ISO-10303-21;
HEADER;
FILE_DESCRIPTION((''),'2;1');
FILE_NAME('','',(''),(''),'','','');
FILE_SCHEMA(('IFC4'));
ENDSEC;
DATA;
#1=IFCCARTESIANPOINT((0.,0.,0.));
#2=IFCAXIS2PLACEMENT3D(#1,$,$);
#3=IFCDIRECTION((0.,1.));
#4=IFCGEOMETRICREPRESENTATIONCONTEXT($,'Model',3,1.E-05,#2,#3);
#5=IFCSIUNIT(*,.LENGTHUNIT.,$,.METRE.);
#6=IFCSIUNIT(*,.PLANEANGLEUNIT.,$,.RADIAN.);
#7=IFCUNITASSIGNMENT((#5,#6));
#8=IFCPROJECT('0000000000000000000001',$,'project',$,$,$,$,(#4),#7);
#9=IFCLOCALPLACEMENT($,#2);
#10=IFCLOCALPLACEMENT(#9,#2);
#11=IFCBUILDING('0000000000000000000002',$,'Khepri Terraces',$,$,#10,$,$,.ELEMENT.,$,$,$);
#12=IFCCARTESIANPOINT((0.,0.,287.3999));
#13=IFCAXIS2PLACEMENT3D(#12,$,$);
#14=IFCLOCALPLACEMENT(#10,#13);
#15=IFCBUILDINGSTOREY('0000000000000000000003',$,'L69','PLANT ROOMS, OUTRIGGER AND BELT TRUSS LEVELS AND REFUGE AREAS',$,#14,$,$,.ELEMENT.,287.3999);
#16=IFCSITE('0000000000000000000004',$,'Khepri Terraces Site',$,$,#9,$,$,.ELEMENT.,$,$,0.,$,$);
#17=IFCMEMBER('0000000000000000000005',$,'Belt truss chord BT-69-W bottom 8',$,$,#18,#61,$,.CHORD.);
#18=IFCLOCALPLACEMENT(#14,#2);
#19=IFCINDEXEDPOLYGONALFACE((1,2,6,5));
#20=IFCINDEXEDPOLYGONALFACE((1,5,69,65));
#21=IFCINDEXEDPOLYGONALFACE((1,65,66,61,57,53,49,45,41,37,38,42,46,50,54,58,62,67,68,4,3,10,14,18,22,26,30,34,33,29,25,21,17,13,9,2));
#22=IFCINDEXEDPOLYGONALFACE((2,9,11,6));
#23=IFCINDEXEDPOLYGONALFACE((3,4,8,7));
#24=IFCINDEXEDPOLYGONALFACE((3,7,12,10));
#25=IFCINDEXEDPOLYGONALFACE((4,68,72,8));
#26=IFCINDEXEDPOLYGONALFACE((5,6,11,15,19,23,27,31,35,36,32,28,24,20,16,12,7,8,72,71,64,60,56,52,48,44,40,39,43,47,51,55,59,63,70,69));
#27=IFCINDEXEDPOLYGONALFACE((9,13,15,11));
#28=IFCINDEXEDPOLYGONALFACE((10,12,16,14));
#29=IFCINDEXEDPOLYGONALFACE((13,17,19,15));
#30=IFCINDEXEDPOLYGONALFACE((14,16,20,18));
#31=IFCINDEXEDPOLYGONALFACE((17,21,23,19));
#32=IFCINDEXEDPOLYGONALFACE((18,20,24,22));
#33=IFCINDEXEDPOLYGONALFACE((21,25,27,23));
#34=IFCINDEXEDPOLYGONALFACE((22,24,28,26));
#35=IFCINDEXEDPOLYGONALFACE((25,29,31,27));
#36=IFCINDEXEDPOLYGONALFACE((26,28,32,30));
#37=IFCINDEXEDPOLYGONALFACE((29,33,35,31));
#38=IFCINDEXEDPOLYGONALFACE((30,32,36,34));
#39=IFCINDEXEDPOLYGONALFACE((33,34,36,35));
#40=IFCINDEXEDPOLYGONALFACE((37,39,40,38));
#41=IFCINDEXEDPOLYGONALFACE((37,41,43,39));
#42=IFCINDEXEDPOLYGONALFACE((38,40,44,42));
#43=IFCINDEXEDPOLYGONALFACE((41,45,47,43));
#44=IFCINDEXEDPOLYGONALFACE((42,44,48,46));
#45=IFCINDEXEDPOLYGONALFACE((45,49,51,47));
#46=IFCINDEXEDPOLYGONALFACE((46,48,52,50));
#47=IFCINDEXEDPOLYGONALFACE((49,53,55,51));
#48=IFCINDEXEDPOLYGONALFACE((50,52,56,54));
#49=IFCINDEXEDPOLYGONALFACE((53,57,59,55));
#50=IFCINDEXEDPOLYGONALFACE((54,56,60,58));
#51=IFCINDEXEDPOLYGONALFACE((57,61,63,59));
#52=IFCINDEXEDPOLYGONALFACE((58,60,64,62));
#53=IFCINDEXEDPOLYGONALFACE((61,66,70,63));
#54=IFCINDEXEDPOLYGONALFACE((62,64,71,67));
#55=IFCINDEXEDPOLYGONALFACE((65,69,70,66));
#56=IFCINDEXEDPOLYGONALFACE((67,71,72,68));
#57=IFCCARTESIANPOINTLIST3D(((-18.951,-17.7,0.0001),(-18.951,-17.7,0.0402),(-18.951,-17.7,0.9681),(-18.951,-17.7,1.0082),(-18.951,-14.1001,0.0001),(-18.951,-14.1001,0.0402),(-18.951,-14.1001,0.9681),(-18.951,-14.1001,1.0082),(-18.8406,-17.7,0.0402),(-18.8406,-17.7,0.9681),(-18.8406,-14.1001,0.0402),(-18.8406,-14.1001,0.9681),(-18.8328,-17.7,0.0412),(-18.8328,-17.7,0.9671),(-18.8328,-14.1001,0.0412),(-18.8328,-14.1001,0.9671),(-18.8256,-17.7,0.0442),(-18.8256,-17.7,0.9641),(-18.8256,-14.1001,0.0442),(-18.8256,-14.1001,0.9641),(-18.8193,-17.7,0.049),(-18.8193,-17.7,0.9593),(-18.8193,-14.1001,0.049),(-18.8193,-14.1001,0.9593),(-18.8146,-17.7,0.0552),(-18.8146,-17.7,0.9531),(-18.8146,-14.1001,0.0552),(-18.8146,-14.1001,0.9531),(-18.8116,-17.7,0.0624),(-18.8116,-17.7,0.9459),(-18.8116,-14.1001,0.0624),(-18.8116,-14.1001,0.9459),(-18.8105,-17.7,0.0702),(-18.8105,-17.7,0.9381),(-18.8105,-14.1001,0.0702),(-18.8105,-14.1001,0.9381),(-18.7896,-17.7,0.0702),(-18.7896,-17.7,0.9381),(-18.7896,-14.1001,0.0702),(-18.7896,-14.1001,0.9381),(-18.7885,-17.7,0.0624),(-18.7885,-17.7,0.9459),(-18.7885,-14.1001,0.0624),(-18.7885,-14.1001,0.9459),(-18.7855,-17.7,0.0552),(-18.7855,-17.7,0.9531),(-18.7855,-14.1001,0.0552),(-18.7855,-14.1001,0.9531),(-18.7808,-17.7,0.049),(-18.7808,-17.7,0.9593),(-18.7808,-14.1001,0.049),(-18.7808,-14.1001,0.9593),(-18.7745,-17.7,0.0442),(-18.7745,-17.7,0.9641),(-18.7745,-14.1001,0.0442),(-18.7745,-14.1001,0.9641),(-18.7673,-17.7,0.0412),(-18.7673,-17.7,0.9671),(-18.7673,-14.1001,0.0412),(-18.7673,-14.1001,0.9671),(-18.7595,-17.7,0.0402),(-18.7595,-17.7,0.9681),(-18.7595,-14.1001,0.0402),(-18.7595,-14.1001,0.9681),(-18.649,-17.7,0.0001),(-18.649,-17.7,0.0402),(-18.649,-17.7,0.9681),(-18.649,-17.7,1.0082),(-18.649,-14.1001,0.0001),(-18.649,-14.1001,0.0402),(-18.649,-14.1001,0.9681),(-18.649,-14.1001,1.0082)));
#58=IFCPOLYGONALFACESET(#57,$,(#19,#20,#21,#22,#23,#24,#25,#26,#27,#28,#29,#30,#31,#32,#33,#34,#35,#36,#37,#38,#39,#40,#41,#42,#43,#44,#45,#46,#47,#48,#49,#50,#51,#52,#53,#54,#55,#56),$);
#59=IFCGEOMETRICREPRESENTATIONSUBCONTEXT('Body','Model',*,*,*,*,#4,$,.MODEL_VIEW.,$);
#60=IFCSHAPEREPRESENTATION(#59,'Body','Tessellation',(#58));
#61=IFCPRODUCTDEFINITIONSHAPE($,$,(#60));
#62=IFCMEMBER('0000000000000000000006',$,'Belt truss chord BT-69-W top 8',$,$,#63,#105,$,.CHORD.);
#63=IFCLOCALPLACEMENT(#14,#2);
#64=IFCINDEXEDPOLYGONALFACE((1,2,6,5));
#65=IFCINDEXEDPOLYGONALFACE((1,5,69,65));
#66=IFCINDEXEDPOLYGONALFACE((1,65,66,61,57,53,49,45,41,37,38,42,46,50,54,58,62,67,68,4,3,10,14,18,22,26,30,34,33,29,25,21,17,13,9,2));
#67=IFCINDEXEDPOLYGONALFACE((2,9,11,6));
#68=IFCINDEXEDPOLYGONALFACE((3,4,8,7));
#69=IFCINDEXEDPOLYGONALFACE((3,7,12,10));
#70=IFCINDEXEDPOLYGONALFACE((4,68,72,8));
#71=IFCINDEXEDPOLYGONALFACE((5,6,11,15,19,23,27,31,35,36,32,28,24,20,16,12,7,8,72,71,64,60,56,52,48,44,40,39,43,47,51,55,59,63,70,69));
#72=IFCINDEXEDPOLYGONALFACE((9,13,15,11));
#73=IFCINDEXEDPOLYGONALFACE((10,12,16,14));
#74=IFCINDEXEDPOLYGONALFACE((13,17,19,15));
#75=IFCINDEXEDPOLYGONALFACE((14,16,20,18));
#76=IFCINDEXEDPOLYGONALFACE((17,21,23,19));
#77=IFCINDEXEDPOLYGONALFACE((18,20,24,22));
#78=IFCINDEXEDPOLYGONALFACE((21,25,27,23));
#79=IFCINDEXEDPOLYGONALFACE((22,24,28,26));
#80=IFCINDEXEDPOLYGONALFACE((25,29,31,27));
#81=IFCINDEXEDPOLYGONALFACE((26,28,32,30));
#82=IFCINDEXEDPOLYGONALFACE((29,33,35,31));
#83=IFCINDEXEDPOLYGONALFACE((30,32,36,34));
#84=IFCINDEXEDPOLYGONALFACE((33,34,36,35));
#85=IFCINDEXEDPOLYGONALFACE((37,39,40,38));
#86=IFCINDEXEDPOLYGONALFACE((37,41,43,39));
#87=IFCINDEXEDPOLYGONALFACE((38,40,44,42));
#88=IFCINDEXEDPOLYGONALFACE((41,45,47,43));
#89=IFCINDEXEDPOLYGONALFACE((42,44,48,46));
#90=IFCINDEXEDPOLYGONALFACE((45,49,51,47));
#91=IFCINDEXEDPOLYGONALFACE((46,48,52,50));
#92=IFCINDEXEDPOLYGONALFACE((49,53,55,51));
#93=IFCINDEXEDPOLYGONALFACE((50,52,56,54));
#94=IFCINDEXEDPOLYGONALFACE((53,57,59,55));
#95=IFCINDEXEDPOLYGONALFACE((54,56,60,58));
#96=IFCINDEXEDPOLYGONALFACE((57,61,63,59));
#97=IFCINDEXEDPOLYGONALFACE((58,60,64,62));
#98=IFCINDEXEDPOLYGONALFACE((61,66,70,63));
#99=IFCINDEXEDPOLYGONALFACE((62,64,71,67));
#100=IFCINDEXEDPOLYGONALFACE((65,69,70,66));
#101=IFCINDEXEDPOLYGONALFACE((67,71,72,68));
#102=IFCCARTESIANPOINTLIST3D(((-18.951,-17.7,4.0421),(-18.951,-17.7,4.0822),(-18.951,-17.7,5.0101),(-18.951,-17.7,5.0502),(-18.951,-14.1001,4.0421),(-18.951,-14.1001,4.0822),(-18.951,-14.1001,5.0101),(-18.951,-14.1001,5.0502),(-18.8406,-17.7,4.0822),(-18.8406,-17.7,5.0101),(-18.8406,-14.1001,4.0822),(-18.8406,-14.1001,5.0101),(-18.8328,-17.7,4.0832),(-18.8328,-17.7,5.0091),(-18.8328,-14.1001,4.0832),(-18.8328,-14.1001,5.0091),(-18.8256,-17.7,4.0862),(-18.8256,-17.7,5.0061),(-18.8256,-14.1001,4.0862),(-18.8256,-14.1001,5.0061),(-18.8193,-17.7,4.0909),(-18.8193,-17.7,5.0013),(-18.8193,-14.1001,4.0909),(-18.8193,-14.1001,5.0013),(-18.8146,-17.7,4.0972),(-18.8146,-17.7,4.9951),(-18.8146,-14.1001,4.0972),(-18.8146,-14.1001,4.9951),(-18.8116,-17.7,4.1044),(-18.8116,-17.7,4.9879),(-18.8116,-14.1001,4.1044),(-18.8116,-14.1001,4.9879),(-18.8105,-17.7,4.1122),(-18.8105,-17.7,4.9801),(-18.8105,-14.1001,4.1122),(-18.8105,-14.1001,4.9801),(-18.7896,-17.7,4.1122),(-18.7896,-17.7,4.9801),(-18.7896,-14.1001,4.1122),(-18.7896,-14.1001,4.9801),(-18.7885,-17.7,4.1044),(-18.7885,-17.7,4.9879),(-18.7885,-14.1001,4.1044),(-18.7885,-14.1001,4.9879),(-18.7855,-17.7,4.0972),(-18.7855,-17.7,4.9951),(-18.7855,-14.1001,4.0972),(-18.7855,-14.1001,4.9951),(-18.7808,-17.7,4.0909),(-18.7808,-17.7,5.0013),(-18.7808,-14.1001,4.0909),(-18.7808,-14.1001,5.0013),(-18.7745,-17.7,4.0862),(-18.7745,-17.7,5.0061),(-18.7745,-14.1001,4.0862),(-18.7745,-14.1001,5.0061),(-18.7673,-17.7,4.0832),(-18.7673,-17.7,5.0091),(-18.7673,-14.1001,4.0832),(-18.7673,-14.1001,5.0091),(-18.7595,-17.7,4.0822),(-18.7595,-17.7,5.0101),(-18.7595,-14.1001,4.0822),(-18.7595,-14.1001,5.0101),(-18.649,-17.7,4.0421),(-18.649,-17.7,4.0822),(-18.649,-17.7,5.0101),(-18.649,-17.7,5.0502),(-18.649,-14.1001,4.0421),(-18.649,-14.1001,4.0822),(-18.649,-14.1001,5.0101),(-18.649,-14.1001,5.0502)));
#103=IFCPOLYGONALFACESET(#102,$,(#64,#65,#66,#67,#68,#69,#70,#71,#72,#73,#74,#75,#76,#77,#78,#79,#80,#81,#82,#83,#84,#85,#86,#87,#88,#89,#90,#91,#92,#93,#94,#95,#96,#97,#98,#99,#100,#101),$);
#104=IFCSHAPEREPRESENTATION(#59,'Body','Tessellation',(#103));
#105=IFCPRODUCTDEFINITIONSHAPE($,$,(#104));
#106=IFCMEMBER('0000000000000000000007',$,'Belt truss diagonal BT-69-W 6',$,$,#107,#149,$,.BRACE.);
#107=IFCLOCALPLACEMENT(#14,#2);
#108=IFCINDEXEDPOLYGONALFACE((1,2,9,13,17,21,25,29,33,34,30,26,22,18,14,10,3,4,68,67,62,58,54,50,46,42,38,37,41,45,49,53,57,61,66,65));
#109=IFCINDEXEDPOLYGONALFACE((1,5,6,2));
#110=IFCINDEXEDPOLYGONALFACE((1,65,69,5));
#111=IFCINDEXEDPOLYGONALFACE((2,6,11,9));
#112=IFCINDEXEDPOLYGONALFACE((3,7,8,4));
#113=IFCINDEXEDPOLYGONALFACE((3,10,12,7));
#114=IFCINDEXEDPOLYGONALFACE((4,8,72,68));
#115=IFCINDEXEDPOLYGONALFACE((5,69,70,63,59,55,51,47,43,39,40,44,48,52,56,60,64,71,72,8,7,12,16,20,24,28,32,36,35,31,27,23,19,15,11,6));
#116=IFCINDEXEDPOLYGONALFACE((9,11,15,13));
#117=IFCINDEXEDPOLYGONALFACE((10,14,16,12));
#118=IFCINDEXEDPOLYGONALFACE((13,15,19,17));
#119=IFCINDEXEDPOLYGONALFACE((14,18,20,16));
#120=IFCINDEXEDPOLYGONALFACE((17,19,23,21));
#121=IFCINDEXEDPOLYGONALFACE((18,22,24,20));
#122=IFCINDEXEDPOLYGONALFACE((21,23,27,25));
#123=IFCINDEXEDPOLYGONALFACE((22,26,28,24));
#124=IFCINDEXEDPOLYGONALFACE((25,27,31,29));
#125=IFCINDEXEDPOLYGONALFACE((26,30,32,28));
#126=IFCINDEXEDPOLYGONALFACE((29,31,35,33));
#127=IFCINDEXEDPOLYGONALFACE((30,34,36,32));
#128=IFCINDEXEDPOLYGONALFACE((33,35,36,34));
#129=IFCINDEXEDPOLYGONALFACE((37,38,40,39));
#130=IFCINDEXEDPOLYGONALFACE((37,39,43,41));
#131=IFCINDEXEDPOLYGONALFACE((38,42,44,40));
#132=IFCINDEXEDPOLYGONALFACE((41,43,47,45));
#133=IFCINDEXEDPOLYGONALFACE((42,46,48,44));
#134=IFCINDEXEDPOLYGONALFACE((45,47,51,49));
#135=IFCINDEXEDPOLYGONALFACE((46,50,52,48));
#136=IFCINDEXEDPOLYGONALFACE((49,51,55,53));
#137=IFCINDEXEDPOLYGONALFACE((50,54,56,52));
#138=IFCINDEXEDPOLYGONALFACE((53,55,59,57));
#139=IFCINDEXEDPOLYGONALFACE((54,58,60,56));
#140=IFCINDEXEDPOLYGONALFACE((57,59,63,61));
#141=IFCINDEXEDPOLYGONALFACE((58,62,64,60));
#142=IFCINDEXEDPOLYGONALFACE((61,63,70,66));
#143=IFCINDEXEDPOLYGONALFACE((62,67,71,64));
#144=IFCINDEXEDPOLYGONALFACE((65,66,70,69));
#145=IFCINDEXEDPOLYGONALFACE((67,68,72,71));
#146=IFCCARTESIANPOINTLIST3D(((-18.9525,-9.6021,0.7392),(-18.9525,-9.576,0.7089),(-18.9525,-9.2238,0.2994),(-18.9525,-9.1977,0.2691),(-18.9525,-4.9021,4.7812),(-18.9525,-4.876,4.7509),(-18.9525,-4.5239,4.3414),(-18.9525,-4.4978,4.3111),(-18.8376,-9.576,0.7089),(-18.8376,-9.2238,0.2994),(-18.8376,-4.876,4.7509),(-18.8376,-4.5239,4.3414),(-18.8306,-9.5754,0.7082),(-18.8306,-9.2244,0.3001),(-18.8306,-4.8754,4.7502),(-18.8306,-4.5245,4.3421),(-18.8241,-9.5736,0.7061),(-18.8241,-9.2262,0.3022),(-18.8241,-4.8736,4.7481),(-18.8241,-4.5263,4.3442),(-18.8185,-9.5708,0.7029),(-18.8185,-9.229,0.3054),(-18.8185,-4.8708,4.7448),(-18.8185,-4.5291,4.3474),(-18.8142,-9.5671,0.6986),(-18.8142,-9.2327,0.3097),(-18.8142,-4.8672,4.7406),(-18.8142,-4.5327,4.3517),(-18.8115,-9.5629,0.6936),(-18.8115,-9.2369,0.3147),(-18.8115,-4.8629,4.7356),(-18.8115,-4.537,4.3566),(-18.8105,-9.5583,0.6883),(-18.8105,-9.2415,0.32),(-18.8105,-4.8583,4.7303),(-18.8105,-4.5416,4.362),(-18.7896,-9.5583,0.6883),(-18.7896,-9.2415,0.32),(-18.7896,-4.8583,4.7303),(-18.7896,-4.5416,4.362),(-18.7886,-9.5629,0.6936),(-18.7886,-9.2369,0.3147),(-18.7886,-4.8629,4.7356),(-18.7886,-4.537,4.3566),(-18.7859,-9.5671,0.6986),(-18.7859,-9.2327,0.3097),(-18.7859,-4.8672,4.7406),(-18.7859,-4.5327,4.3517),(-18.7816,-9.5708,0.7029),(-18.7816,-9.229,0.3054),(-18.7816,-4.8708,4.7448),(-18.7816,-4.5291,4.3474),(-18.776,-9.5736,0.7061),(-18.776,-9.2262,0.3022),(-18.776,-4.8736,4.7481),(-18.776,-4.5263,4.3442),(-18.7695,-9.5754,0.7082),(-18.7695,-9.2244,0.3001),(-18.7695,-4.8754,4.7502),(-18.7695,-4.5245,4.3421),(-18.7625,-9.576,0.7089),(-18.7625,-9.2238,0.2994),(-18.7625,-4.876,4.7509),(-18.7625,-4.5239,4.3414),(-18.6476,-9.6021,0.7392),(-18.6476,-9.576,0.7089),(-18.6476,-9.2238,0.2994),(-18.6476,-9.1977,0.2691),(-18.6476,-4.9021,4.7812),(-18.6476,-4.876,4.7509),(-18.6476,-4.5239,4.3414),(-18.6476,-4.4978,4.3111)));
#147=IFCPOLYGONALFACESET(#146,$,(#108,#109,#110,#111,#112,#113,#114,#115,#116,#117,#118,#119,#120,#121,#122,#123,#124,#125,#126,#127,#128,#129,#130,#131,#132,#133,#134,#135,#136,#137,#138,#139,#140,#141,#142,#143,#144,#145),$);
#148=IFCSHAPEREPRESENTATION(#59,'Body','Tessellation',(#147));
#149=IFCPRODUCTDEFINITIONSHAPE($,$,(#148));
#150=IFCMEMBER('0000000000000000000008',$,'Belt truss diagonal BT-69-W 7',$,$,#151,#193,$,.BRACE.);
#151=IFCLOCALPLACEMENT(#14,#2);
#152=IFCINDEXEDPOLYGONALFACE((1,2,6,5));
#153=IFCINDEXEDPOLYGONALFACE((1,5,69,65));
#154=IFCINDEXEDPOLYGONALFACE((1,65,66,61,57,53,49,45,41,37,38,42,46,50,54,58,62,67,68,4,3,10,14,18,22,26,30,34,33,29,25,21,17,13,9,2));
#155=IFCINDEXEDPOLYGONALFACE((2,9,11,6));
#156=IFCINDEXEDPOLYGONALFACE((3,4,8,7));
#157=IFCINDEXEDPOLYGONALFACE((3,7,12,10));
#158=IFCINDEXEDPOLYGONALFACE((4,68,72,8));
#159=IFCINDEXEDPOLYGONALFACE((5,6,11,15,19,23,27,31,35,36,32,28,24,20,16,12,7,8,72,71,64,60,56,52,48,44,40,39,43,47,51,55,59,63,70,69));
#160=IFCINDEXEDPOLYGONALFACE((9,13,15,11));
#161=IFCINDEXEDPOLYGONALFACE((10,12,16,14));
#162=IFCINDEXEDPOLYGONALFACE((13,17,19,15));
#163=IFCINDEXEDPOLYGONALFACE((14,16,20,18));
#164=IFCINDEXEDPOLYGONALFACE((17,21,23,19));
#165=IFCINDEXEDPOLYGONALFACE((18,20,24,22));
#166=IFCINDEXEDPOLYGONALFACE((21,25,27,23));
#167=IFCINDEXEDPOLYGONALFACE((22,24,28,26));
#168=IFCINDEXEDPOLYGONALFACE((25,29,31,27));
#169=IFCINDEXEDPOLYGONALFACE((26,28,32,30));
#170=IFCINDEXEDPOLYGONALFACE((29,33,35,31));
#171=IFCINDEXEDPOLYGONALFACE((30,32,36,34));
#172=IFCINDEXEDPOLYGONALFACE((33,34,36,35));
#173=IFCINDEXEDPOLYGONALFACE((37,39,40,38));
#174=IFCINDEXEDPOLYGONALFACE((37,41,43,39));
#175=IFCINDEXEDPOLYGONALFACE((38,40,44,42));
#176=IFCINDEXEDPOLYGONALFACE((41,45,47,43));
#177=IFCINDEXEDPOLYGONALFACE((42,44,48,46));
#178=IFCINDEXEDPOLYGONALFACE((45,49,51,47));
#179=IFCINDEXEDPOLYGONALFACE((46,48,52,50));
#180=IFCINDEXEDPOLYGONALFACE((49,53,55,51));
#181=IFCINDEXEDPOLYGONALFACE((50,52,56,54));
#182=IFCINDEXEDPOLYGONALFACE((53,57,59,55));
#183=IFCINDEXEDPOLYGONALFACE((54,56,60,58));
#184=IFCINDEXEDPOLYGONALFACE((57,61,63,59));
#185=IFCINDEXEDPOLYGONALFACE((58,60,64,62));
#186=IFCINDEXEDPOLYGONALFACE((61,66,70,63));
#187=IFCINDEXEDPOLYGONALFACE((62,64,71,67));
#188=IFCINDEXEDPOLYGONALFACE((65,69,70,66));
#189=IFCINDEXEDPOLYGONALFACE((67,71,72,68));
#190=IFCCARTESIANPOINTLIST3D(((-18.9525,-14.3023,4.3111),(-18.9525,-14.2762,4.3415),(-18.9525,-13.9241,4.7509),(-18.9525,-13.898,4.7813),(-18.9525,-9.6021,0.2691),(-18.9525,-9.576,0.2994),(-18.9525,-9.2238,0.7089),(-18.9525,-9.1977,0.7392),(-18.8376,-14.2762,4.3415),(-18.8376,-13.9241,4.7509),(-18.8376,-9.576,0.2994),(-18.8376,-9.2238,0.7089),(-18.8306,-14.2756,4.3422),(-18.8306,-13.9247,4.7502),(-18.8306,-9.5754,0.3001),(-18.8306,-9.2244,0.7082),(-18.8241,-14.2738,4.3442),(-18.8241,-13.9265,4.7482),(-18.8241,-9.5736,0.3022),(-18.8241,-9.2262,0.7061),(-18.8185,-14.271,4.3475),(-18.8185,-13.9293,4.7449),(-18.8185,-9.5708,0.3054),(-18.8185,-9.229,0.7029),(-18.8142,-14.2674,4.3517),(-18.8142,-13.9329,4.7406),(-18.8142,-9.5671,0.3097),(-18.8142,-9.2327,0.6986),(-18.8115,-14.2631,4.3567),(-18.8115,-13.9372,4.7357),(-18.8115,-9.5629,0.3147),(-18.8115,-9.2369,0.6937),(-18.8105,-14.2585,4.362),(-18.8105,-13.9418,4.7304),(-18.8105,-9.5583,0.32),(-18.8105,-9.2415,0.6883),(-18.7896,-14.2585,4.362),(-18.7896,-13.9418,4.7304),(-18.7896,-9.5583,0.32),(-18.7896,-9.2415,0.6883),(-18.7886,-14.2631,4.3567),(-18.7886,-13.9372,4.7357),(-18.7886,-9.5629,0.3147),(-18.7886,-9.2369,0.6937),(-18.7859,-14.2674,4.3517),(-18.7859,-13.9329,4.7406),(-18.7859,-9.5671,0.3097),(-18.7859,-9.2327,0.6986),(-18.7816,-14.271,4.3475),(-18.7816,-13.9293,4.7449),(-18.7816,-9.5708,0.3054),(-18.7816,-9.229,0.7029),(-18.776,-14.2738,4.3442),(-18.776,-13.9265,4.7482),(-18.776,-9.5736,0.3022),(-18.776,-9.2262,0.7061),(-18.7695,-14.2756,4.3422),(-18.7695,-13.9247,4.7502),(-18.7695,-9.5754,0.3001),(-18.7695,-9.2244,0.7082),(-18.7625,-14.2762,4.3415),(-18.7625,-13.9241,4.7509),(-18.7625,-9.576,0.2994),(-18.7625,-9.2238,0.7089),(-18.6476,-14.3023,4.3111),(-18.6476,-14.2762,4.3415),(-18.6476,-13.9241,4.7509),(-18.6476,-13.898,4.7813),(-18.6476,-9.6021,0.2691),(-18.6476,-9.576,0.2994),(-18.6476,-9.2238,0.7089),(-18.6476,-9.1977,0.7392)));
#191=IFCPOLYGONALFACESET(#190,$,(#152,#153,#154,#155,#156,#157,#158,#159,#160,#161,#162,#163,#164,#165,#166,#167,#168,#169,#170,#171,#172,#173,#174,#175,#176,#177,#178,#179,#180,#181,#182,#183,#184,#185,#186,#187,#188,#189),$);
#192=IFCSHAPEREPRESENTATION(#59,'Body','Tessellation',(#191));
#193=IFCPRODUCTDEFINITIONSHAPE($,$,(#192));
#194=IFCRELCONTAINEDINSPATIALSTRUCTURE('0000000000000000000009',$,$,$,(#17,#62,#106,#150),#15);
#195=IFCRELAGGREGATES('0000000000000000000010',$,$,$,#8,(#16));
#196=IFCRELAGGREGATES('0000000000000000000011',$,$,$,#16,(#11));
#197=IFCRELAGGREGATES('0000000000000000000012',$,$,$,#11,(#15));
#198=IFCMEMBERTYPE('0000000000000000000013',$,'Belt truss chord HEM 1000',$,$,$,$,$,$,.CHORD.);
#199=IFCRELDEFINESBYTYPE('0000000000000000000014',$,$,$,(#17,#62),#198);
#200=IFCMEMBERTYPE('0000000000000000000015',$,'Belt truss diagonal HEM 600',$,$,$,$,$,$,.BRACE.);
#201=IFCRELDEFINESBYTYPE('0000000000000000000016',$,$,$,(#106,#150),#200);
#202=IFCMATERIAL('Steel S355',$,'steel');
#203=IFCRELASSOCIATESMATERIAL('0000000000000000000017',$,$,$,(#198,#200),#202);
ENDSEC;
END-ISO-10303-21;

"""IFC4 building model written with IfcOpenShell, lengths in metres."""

from ifc_helpers import new_model, si_unit, direction, frame, origin, origin_2d, place, context, subcontext, project, spatial, i_section, extrude, material, material_profile, profile_set, type_object, element, save


model = new_model("IFC4")

# Units and contexts
model_context = context("Model", 3, precision=1e-05, world=origin(), true_north=direction((0.0, 1.0)))
body_context = subcontext(model_context, "Body", "Model", "MODEL_VIEW")
ifc_project = project(units=[si_unit("LENGTHUNIT", "METRE"), si_unit("PLANEANGLEUNIT", "RADIAN")], contexts=[model_context])

# Site, building, storey
site_placement = place(None, origin())
site = spatial("IfcSite", under=ifc_project, at=site_placement, Name="Khepri Terraces Site", CompositionType="ELEMENT", RefElevation=0.0)
building_placement = place(site_placement, origin())
building = spatial("IfcBuilding", under=site, at=building_placement, Name="Khepri Terraces", CompositionType="ELEMENT")
storey_placement = place(building_placement, frame((0.0, 0.0, 287.3999)))
storey = spatial("IfcBuildingStorey", under=building, at=storey_placement, Name="L69", Description="PLANT ROOMS, OUTRIGGER AND BELT TRUSS LEVELS AND REFUGE AREAS", CompositionType="ELEMENT", Elevation=287.3999)

# Members
ifc_material_1 = material(Name="Steel S355", Category="steel")
ifc_material_profile_1 = material_profile(ifc_material_1, i_section(OverallWidth=0.302, OverallDepth=1.0081, WebThickness=0.021, FlangeThickness=0.04, FilletRadius=0.03, at=origin_2d()), Name="Steel S355", Category="steel")
ifc_profile_set_1 = profile_set([ifc_material_profile_1], Name="Steel S355")
member_type_1 = type_object("IfcMemberType", Name="Belt truss chord HEM 1000", PredefinedType="CHORD", material=ifc_profile_set_1)
for number, where, z_axis, x_axis, name in (
    (1, (-18.8, -14.1001, 0.5042), (0.0, -1.0, 0.0), (1.0, 0.0, 0.0), "Belt truss chord BT-69-W bottom 8"),
    (2, (-18.8, -14.1001, 4.5461), (0.0, -1.0, 0.0), (1.0, 0.0, 0.0), "Belt truss chord BT-69-W top 8"),
):
    element("IfcMember", number, at=place(storey_placement, frame(where, z_axis=z_axis, x_axis=x_axis)), inside=storey, type_object=member_type_1, Name=name, PredefinedType="CHORD", context=body_context, shape_type="SweptSolid", body=[
        extrude(i_section(OverallWidth=0.302, OverallDepth=1.0081, WebThickness=0.021, FlangeThickness=0.04, FilletRadius=0.03, at=origin_2d()), origin(), (0.0, 0.0, 1.0), 3.5999),
    ])
ifc_material_profile_2 = material_profile(ifc_material_1, i_section(OverallWidth=0.3049, OverallDepth=0.6201, WebThickness=0.021, FlangeThickness=0.04, FilletRadius=0.0271, at=origin_2d()), Name="Steel S355", Category="steel")
ifc_profile_set_2 = profile_set([ifc_material_profile_2], Name="Steel S355")
member_type_2 = type_object("IfcMemberType", Name="Belt truss diagonal HEM 600", PredefinedType="BRACE", material=ifc_profile_set_2)
member_1_placement = place(storey_placement, frame((-18.8, -4.7, 4.5461), z_axis=(0.0, -0.758182, -0.652042), x_axis=(1.0, 0.0, 0.0)))
element("IfcMember", 3, at=member_1_placement, inside=storey, type_object=member_type_2, Name="Belt truss diagonal BT-69-W 6", PredefinedType="BRACE", context=body_context, shape_type="SweptSolid", body=[
    extrude(i_section(OverallWidth=0.3049, OverallDepth=0.6201, WebThickness=0.021, FlangeThickness=0.04, FilletRadius=0.0271, at=origin_2d()), origin(), (0.0, 0.0, 1.0), 6.199),
])
member_2_placement = place(storey_placement, frame((-18.8, -9.3999, 0.5042), z_axis=(0.0, -0.758199, 0.652023), x_axis=(1.0, 0.0, 0.0)))
element("IfcMember", 4, at=member_2_placement, inside=storey, type_object=member_type_2, Name="Belt truss diagonal BT-69-W 7", PredefinedType="BRACE", context=body_context, shape_type="SweptSolid", body=[
    extrude(i_section(OverallWidth=0.3049, OverallDepth=0.6201, WebThickness=0.021, FlangeThickness=0.04, FilletRadius=0.0271, at=origin_2d()), origin(), (0.0, 0.0, 1.0), 6.1992),
])

save(model, "model.ifc")
